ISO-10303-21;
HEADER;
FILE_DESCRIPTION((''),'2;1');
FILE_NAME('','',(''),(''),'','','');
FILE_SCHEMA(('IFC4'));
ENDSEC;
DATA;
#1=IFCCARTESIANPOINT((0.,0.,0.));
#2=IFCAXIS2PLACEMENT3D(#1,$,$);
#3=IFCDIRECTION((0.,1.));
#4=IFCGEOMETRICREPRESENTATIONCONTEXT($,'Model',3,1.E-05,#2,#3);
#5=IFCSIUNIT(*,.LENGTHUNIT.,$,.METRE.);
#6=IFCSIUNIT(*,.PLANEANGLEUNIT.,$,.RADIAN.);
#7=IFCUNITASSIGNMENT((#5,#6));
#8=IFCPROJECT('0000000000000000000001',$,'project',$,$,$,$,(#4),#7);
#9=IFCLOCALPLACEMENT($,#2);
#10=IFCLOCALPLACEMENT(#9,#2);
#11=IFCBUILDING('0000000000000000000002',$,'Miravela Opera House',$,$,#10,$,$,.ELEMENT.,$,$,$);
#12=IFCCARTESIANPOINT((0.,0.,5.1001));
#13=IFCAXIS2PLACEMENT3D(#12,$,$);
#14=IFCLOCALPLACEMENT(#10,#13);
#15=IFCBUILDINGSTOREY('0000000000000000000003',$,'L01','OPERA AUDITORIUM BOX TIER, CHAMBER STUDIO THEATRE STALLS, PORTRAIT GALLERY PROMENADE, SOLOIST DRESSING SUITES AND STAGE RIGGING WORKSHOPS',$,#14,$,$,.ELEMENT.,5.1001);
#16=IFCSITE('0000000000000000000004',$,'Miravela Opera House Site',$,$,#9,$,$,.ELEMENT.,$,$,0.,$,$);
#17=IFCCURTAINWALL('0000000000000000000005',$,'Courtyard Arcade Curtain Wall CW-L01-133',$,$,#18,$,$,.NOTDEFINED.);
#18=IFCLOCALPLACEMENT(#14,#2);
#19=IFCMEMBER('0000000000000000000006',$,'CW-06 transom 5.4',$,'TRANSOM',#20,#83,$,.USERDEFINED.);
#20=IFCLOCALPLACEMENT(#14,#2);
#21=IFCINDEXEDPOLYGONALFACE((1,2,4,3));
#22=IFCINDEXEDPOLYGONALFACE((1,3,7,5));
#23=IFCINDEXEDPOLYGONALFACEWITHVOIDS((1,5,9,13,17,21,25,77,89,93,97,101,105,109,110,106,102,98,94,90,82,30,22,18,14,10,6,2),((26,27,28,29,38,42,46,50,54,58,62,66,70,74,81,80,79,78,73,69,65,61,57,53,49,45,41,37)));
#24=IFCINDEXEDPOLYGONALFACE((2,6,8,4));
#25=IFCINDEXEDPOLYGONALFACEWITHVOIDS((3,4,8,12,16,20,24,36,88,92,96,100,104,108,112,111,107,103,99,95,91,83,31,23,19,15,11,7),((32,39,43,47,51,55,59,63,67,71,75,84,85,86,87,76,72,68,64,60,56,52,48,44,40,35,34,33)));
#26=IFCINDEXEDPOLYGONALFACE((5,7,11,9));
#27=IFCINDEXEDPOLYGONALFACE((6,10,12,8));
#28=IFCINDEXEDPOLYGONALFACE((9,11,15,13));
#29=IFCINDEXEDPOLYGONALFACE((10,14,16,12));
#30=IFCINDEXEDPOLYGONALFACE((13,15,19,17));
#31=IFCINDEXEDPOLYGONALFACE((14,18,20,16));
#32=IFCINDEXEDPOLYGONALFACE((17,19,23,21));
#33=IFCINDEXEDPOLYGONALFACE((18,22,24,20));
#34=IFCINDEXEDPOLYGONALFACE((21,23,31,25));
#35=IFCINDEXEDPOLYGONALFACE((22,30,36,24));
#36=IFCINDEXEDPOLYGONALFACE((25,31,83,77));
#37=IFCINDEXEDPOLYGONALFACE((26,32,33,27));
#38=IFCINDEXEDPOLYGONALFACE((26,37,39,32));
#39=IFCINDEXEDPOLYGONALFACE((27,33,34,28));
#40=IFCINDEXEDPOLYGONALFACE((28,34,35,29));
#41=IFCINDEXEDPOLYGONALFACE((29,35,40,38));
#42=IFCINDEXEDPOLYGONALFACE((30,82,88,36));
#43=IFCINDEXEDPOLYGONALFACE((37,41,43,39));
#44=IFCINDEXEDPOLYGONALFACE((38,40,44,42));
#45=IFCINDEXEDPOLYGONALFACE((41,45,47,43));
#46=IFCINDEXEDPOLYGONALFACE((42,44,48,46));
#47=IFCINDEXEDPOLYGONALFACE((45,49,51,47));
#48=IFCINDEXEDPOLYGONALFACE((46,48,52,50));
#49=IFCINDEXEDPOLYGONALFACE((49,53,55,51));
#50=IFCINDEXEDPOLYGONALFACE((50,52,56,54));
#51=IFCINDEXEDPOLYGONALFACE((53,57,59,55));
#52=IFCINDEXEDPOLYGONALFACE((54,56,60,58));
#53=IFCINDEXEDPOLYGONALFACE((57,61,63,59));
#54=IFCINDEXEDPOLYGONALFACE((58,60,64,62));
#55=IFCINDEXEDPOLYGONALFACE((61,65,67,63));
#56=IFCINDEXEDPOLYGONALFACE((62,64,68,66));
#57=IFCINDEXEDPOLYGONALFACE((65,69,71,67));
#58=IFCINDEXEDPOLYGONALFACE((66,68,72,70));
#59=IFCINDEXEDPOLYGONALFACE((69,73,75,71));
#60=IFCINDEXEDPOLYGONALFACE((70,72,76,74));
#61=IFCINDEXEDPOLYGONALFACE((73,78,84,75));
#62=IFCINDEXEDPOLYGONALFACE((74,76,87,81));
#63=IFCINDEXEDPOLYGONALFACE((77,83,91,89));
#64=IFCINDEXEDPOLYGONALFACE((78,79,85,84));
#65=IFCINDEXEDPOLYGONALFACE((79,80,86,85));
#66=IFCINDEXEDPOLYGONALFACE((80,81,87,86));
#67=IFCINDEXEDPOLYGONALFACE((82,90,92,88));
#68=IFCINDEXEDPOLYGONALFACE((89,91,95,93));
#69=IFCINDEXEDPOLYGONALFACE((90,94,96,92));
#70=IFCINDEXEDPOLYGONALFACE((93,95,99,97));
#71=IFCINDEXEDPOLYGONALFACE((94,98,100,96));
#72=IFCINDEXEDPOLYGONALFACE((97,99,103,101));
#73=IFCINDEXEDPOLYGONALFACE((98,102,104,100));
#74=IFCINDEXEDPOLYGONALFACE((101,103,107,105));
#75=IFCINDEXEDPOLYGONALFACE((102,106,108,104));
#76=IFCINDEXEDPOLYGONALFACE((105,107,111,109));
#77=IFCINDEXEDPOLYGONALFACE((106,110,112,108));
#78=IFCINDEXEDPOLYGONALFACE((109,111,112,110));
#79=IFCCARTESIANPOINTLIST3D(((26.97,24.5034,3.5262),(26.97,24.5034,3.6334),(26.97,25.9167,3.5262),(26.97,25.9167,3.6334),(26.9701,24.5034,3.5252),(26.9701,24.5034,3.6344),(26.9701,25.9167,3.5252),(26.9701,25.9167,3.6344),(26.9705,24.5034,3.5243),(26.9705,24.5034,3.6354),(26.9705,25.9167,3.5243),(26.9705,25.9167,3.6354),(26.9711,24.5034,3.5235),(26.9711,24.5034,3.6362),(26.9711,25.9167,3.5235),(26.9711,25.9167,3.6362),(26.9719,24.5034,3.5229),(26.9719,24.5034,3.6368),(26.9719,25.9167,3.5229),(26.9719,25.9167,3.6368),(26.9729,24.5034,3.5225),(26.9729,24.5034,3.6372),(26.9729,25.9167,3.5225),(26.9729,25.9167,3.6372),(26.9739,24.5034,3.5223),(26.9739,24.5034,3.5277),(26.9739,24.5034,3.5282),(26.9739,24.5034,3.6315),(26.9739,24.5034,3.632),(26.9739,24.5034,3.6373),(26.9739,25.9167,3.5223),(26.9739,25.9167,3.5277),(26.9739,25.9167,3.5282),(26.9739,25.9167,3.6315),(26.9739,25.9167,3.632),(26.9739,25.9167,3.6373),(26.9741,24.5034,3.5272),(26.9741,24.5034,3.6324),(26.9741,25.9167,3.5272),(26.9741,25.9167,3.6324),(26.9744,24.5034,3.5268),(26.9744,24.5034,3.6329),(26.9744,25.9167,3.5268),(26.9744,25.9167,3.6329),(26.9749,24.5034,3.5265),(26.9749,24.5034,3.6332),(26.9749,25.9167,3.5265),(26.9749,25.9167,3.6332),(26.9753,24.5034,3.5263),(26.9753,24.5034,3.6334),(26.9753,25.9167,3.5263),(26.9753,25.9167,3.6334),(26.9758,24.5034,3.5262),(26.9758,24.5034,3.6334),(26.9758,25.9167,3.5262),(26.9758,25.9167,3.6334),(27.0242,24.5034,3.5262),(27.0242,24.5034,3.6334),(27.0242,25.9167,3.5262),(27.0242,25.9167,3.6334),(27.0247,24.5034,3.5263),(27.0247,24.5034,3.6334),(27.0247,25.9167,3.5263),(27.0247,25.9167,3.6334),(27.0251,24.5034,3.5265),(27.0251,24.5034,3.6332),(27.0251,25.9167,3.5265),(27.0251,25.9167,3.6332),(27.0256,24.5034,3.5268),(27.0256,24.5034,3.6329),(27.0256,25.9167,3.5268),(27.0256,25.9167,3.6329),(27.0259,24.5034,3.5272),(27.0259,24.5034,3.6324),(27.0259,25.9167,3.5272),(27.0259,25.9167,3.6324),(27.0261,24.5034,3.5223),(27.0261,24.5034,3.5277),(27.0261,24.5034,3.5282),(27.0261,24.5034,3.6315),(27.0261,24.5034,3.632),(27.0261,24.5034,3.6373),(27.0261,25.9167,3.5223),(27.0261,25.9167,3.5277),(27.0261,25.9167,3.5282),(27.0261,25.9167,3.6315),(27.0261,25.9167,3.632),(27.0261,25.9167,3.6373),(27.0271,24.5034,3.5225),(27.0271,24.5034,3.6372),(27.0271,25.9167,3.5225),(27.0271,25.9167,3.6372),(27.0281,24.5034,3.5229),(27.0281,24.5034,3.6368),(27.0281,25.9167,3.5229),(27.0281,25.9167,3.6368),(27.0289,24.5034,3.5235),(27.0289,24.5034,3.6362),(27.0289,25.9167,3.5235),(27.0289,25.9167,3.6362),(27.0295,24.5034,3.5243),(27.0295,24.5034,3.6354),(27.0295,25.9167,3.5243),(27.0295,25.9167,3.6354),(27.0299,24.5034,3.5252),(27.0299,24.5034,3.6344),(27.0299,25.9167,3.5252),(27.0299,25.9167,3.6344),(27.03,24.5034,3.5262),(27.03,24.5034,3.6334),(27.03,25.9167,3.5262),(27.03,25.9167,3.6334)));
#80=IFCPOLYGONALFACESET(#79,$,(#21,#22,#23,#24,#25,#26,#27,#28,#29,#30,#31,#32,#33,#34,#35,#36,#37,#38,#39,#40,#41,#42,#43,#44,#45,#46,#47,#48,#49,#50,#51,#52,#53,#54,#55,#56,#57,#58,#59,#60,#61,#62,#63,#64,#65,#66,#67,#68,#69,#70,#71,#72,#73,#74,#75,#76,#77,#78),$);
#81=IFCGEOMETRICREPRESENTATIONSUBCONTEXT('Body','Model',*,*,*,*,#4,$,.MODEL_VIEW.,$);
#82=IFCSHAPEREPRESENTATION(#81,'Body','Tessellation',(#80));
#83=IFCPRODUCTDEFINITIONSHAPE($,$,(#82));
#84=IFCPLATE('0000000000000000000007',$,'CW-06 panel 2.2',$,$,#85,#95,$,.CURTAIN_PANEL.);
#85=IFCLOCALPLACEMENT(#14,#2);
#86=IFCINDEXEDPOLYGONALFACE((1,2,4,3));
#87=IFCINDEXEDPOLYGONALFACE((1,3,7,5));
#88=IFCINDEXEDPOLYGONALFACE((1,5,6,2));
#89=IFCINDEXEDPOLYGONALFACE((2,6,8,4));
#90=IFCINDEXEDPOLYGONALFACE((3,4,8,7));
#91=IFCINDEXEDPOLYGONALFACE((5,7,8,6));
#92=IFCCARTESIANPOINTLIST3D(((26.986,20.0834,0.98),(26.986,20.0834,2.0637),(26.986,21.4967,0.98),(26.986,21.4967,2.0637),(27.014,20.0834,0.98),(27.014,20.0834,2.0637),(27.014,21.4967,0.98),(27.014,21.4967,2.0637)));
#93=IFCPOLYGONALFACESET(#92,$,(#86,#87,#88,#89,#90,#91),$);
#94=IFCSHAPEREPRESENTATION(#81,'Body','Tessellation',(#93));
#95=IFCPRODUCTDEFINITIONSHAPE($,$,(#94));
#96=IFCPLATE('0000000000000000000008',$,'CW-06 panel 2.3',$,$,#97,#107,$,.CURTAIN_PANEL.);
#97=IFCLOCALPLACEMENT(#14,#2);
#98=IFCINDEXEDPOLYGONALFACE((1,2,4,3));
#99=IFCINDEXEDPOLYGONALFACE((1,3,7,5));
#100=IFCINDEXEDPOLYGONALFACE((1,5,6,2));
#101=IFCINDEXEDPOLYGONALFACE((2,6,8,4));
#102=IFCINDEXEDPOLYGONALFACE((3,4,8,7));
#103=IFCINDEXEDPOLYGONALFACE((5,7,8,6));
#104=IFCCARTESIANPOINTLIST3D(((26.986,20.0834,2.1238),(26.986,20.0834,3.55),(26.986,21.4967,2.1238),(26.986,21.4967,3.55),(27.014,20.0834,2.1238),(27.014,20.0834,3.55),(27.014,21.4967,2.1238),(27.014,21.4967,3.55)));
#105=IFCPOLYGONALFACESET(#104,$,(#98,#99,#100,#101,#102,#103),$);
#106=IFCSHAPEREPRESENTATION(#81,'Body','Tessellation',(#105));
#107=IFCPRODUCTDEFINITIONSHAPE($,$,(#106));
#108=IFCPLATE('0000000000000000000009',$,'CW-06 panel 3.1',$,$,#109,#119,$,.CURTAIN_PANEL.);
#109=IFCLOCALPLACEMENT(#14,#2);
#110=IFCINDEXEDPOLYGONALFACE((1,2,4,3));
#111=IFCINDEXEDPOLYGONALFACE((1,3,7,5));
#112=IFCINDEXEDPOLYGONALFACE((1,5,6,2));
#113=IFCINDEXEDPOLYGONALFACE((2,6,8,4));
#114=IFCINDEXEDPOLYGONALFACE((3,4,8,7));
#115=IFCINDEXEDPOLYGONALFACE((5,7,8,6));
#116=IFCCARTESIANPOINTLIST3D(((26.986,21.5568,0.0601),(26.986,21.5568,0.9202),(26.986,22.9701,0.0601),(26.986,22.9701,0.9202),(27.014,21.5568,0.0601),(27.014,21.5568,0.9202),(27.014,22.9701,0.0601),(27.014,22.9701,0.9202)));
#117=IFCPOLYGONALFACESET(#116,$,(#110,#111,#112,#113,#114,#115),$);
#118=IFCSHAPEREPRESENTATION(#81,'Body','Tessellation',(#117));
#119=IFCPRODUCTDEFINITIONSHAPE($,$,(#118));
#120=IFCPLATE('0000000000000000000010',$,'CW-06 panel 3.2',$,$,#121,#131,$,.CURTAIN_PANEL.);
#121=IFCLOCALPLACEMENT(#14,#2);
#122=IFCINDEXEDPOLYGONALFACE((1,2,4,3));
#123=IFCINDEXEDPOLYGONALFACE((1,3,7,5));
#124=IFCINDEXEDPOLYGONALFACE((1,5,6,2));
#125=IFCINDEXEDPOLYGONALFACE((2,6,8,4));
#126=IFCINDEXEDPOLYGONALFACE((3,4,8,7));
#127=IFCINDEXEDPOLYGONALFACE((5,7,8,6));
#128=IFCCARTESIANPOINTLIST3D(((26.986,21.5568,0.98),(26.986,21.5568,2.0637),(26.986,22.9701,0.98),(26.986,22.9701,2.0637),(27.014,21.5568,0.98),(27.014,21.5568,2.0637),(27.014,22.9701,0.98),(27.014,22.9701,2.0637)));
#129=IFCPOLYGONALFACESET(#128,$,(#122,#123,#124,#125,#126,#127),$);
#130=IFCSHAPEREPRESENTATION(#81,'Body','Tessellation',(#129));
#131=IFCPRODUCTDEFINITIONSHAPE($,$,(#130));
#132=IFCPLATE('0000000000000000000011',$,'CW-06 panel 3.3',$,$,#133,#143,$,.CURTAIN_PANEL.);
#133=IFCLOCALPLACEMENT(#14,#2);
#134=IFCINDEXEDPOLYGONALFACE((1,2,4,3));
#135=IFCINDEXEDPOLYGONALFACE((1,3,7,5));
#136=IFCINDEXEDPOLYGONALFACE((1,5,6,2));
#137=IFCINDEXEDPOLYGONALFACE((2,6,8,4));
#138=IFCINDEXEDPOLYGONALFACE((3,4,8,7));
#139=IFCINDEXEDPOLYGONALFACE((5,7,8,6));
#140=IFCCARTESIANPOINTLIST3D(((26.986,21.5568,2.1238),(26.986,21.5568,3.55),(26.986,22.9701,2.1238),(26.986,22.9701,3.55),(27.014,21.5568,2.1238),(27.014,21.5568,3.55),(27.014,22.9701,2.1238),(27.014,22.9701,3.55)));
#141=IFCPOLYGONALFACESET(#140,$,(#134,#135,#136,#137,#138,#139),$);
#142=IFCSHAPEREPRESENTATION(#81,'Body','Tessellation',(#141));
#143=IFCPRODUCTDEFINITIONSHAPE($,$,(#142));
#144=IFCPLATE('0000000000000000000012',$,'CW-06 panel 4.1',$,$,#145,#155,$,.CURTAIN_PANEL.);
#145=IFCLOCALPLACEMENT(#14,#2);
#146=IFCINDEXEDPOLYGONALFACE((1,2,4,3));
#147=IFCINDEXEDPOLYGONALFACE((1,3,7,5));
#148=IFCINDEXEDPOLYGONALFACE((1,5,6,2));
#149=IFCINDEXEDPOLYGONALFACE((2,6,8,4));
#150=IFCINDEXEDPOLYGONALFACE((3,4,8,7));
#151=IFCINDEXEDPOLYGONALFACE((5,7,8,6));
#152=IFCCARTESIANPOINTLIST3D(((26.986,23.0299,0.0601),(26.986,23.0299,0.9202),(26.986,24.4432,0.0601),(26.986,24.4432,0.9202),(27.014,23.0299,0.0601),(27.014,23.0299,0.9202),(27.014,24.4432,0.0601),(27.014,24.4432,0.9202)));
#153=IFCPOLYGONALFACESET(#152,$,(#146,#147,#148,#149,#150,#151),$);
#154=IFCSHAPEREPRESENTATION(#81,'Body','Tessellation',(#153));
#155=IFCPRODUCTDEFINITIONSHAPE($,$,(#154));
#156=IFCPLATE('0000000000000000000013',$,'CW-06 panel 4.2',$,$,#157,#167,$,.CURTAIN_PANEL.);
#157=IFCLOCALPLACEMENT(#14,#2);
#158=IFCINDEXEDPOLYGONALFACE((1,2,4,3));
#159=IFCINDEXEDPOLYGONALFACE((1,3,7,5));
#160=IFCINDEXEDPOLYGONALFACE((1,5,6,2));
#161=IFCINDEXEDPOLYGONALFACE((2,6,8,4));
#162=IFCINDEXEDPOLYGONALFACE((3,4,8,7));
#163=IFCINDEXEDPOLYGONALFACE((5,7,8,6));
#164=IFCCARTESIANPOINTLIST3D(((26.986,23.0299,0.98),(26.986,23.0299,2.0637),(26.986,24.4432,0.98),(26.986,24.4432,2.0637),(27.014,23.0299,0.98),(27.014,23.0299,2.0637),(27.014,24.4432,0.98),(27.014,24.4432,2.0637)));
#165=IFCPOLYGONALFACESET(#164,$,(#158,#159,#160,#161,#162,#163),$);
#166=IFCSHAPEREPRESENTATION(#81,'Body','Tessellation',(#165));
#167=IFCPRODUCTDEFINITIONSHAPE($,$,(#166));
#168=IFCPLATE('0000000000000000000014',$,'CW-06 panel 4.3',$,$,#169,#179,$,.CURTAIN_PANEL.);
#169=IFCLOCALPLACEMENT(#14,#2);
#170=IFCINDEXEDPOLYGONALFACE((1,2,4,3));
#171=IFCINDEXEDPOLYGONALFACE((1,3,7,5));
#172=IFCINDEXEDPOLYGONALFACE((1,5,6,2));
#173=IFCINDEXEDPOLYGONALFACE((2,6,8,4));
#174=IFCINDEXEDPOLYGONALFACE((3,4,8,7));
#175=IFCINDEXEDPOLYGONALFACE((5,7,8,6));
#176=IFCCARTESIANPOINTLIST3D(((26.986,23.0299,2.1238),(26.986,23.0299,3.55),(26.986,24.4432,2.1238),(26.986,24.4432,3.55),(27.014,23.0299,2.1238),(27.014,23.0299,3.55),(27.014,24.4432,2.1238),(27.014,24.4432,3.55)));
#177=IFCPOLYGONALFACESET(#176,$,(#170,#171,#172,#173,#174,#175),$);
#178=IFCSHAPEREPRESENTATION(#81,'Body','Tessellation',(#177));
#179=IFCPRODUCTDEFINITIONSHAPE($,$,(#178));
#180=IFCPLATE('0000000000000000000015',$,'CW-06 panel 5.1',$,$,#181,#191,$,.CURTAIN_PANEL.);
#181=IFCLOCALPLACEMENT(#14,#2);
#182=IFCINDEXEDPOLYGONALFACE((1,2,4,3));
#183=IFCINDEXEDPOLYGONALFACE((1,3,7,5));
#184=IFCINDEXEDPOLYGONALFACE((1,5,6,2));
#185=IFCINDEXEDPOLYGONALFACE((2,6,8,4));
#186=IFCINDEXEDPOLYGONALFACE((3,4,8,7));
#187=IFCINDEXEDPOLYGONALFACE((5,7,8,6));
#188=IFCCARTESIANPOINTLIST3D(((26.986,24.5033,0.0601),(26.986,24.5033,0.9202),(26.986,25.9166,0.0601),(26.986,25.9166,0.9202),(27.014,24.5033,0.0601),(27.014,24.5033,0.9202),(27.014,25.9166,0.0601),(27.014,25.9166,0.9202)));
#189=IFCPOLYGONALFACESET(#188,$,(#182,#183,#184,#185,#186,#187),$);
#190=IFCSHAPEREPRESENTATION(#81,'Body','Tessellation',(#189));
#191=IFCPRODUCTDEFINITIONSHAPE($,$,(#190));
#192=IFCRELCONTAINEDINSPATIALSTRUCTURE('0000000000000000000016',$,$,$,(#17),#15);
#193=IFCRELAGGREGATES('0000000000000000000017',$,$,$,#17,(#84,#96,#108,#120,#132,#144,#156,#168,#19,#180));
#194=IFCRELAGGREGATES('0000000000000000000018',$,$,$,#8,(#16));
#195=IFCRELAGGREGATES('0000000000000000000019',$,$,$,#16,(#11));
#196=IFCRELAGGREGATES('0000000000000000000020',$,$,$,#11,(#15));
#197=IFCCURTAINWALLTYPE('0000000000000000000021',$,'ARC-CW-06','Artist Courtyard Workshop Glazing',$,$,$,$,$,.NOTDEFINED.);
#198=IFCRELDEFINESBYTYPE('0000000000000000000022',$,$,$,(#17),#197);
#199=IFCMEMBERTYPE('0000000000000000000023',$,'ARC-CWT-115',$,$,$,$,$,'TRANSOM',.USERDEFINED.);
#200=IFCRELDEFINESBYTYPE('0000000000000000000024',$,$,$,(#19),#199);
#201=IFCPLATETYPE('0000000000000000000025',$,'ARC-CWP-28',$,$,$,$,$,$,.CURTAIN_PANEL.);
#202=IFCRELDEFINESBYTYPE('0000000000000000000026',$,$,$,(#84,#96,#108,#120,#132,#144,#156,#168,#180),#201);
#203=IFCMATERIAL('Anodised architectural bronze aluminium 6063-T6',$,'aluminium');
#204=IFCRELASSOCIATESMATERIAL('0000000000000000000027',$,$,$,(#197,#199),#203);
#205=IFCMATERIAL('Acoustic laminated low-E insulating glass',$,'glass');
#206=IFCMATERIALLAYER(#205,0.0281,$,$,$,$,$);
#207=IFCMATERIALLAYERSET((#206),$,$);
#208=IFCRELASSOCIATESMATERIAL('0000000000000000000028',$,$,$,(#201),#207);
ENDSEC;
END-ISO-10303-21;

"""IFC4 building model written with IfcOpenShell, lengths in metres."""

from ifc_helpers import new_model, si_unit, direction, frame, origin, origin_2d, place, context, subcontext, project, spatial, rectangle, hollow_rectangle, extrude, material, layer, layer_set, material_profile, profile_set, type_object, element, aggregate, save


model = new_model("IFC4")

# Units and contexts
model_context = context("Model", 3, precision=1e-05, world=origin(), true_north=direction((0.0, 1.0)))
body_context = subcontext(model_context, "Body", "Model", "MODEL_VIEW")
ifc_project = project(units=[si_unit("LENGTHUNIT", "METRE"), si_unit("PLANEANGLEUNIT", "RADIAN")], contexts=[model_context])

# Site, building, storey
site_placement = place(None, origin())
site = spatial("IfcSite", under=ifc_project, at=site_placement, Name="Miravela Opera House Site", CompositionType="ELEMENT", RefElevation=0.0)
building_placement = place(site_placement, origin())
building = spatial("IfcBuilding", under=site, at=building_placement, Name="Miravela Opera House", CompositionType="ELEMENT")
storey_placement = place(building_placement, frame((0.0, 0.0, 5.1001)))
storey = spatial("IfcBuildingStorey", under=building, at=storey_placement, Name="L01", Description="OPERA AUDITORIUM BOX TIER, CHAMBER STUDIO THEATRE STALLS, PORTRAIT GALLERY PROMENADE, SOLOIST DRESSING SUITES AND STAGE RIGGING WORKSHOPS", CompositionType="ELEMENT", Elevation=5.1001)

# Curtain wall, member, plates
ifc_material_1 = material(Name="Anodised architectural bronze aluminium 6063-T6", Category="aluminium")
curtain_wall_type = type_object("IfcCurtainWallType", Name="ARC-CW-06", Description="Artist Courtyard Workshop Glazing", PredefinedType="NOTDEFINED", material=ifc_material_1)
curtain_wall_placement = place(storey_placement, origin())
curtain_wall = element("IfcCurtainWall", 1, at=curtain_wall_placement, inside=storey, type_object=curtain_wall_type, Name="Courtyard Arcade Curtain Wall CW-L01-133", PredefinedType="NOTDEFINED")
ifc_material_profile_1 = material_profile(ifc_material_1, hollow_rectangle(XDim=0.0601, YDim=0.115, WallThickness=0.0039, InnerFilletRadius=0.002, OuterFilletRadius=0.0039, at=origin_2d()), Name="CWT-60X115")
ifc_profile_set_1 = profile_set([ifc_material_profile_1])
member_type_1 = type_object("IfcMemberType", Name="ARC-CWT-115", ElementType="TRANSOM", PredefinedType="USERDEFINED", material=ifc_profile_set_1)
member_1_placement = place(storey_placement, frame((27.0, 24.5034, 3.5798), z_axis=(0.0, 1.0, 0.0), x_axis=(-1.0, 0.0, 0.0)))
member_1 = element("IfcMember", 2, at=member_1_placement, type_object=member_type_1, Name="CW-06 transom 5.4", ObjectType="TRANSOM", PredefinedType="USERDEFINED", context=body_context, shape_type="SweptSolid", body=[
    extrude(hollow_rectangle(XDim=0.0601, YDim=0.115, WallThickness=0.0039, InnerFilletRadius=0.002, OuterFilletRadius=0.0039, at=origin_2d()), origin(), (0.0, 0.0, 1.0), 1.4133),
])
ifc_material_2 = material(Name="Acoustic laminated low-E insulating glass", Category="glass")
ifc_layer = layer(ifc_material_2, 0.0281)
ifc_layer_set = layer_set([ifc_layer])
plate_type = type_object("IfcPlateType", Name="ARC-CWP-28", PredefinedType="CURTAIN_PANEL", material=ifc_layer_set)
plate_1_placement = place(storey_placement, frame((27.0, 20.79, 0.98), z_axis=(0.0, 0.0, 1.0), x_axis=(0.0, 1.0, 0.0)))
plate_1 = element("IfcPlate", 3, at=plate_1_placement, type_object=plate_type, Name="CW-06 panel 2.2", PredefinedType="CURTAIN_PANEL", context=body_context, shape_type="SweptSolid", body=[
    extrude(rectangle(XDim=1.4133, YDim=0.0281, at=origin_2d()), origin(), (0.0, 0.0, 1.0), 1.0837),
])
plate_2_placement = place(storey_placement, frame((27.0, 20.79, 2.1238), z_axis=(0.0, 0.0, 1.0), x_axis=(0.0, 1.0, 0.0)))
plate_2 = element("IfcPlate", 4, at=plate_2_placement, type_object=plate_type, Name="CW-06 panel 2.3", PredefinedType="CURTAIN_PANEL", context=body_context, shape_type="SweptSolid", body=[
    extrude(rectangle(XDim=1.4133, YDim=0.0281, at=origin_2d()), origin(), (0.0, 0.0, 1.0), 1.4263),
])
plate_3_placement = place(storey_placement, frame((27.0, 22.2634, 0.0601), z_axis=(0.0, 0.0, 1.0), x_axis=(0.0, 1.0, 0.0)))
plate_3 = element("IfcPlate", 5, at=plate_3_placement, type_object=plate_type, Name="CW-06 panel 3.1", PredefinedType="CURTAIN_PANEL", context=body_context, shape_type="SweptSolid", body=[
    extrude(rectangle(XDim=1.4133, YDim=0.0281, at=origin_2d()), origin(), (0.0, 0.0, 1.0), 0.8601),
])
plate_4_placement = place(storey_placement, frame((27.0, 22.2634, 0.98), z_axis=(0.0, 0.0, 1.0), x_axis=(0.0, 1.0, 0.0)))
plate_4 = element("IfcPlate", 6, at=plate_4_placement, type_object=plate_type, Name="CW-06 panel 3.2", PredefinedType="CURTAIN_PANEL", context=body_context, shape_type="SweptSolid", body=[
    extrude(rectangle(XDim=1.4133, YDim=0.0281, at=origin_2d()), origin(), (0.0, 0.0, 1.0), 1.0837),
])
plate_5_placement = place(storey_placement, frame((27.0, 22.2634, 2.1238), z_axis=(0.0, 0.0, 1.0), x_axis=(0.0, 1.0, 0.0)))
plate_5 = element("IfcPlate", 7, at=plate_5_placement, type_object=plate_type, Name="CW-06 panel 3.3", PredefinedType="CURTAIN_PANEL", context=body_context, shape_type="SweptSolid", body=[
    extrude(rectangle(XDim=1.4133, YDim=0.0281, at=origin_2d()), origin(), (0.0, 0.0, 1.0), 1.4263),
])
plate_6_placement = place(storey_placement, frame((27.0, 23.7366, 0.0601), z_axis=(0.0, 0.0, 1.0), x_axis=(0.0, 1.0, 0.0)))
plate_6 = element("IfcPlate", 8, at=plate_6_placement, type_object=plate_type, Name="CW-06 panel 4.1", PredefinedType="CURTAIN_PANEL", context=body_context, shape_type="SweptSolid", body=[
    extrude(rectangle(XDim=1.4133, YDim=0.0281, at=origin_2d()), origin(), (0.0, 0.0, 1.0), 0.8601),
])
plate_7_placement = place(storey_placement, frame((27.0, 23.7366, 0.98), z_axis=(0.0, 0.0, 1.0), x_axis=(0.0, 1.0, 0.0)))
plate_7 = element("IfcPlate", 9, at=plate_7_placement, type_object=plate_type, Name="CW-06 panel 4.2", PredefinedType="CURTAIN_PANEL", context=body_context, shape_type="SweptSolid", body=[
    extrude(rectangle(XDim=1.4133, YDim=0.0281, at=origin_2d()), origin(), (0.0, 0.0, 1.0), 1.0837),
])
plate_8_placement = place(storey_placement, frame((27.0, 23.7366, 2.1238), z_axis=(0.0, 0.0, 1.0), x_axis=(0.0, 1.0, 0.0)))
plate_8 = element("IfcPlate", 10, at=plate_8_placement, type_object=plate_type, Name="CW-06 panel 4.3", PredefinedType="CURTAIN_PANEL", context=body_context, shape_type="SweptSolid", body=[
    extrude(rectangle(XDim=1.4133, YDim=0.0281, at=origin_2d()), origin(), (0.0, 0.0, 1.0), 1.4263),
])
plate_9_placement = place(storey_placement, frame((27.0, 25.21, 0.0601), z_axis=(0.0, 0.0, 1.0), x_axis=(0.0, 1.0, 0.0)))
plate_9 = element("IfcPlate", 11, at=plate_9_placement, type_object=plate_type, Name="CW-06 panel 5.1", PredefinedType="CURTAIN_PANEL", context=body_context, shape_type="SweptSolid", body=[
    extrude(rectangle(XDim=1.4133, YDim=0.0281, at=origin_2d()), origin(), (0.0, 0.0, 1.0), 0.8601),
])
aggregate(curtain_wall, [plate_1, plate_2, plate_3, plate_4, plate_5, plate_6, plate_7, plate_8, member_1, plate_9])

save(model, "model.ifc")
